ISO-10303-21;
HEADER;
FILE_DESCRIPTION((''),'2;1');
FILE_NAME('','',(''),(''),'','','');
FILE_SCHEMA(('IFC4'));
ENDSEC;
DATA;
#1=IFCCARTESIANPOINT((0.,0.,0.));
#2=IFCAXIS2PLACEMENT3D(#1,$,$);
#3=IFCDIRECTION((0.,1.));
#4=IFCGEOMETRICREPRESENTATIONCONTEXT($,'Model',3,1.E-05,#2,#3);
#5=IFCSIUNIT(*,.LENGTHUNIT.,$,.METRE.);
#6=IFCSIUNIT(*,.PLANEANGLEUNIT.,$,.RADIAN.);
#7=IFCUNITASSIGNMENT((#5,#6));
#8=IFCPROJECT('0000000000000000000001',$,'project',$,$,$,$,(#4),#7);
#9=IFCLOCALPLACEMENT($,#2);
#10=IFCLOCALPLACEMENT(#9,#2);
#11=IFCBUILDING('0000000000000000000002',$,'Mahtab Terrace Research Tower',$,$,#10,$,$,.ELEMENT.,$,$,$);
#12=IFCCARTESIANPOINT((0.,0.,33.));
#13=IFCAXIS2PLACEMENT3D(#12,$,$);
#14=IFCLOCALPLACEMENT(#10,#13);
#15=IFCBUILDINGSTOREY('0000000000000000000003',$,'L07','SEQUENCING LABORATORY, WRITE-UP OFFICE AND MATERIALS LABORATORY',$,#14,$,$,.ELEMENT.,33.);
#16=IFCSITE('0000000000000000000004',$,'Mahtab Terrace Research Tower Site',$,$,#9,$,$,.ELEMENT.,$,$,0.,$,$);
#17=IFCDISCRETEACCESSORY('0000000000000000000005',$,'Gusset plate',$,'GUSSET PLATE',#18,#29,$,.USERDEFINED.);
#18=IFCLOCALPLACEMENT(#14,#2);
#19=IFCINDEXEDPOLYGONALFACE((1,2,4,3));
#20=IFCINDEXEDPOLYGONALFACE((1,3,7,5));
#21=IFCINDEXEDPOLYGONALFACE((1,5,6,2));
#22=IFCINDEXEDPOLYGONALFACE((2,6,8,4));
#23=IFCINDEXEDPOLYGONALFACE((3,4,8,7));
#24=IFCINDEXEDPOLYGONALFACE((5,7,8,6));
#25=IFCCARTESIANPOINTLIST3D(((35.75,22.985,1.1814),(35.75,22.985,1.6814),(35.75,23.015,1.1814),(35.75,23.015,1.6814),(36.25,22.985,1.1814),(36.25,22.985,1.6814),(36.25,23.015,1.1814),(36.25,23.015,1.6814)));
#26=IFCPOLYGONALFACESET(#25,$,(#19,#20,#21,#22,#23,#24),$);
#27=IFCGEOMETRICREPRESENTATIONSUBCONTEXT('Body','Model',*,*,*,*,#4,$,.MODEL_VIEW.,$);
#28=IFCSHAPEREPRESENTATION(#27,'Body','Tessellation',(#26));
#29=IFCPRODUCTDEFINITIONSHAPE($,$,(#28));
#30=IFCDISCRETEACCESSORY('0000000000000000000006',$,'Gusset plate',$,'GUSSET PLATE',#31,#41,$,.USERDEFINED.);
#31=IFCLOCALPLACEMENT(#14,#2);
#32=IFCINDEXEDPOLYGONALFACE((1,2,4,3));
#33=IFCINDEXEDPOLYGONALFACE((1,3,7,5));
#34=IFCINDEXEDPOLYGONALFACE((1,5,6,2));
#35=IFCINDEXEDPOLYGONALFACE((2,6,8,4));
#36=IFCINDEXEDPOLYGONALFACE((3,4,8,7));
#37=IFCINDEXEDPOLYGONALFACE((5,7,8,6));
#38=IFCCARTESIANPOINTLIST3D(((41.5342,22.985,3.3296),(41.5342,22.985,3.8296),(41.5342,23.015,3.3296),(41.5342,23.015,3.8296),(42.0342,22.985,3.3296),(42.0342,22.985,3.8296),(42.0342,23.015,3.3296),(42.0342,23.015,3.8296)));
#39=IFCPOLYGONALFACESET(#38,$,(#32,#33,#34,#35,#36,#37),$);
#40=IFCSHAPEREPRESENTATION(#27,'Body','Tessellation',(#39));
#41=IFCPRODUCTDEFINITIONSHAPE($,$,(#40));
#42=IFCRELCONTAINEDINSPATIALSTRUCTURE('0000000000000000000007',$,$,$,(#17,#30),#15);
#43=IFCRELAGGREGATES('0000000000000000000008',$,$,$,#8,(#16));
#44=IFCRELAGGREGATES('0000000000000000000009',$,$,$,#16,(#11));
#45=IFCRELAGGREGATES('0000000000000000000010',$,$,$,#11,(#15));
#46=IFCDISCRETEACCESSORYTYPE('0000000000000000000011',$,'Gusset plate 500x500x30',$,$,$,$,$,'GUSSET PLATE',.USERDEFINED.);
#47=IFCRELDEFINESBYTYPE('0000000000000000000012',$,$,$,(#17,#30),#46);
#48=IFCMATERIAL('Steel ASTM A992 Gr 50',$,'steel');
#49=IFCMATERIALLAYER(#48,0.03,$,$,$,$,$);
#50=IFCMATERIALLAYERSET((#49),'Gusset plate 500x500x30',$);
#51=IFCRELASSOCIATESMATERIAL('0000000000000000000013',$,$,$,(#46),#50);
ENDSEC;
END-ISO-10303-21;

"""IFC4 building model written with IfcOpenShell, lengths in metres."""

from ifc_helpers import new_model, si_unit, direction, frame, origin, origin_2d, place, context, subcontext, project, spatial, rectangle, extrude, material, layer, layer_set, type_object, element, save


model = new_model("IFC4")

# Units and contexts
model_context = context("Model", 3, precision=1e-05, world=origin(), true_north=direction((0.0, 1.0)))
body_context = subcontext(model_context, "Body", "Model", "MODEL_VIEW")
ifc_project = project(units=[si_unit("LENGTHUNIT", "METRE"), si_unit("PLANEANGLEUNIT", "RADIAN")], contexts=[model_context])

# Site, building, storey
site_placement = place(None, origin())
site = spatial("IfcSite", under=ifc_project, at=site_placement, Name="Mahtab Terrace Research Tower Site", CompositionType="ELEMENT", RefElevation=0.0)
building_placement = place(site_placement, origin())
building = spatial("IfcBuilding", under=site, at=building_placement, Name="Mahtab Terrace Research Tower", CompositionType="ELEMENT")
storey_placement = place(building_placement, frame((0.0, 0.0, 33.0)))
storey = spatial("IfcBuildingStorey", under=building, at=storey_placement, Name="L07", Description="SEQUENCING LABORATORY, WRITE-UP OFFICE AND MATERIALS LABORATORY", CompositionType="ELEMENT", Elevation=33.0)

# Shared definitions
ifc_material_1 = material(Name="Steel ASTM A992 Gr 50", Category="steel")

# Discrete accessories
ifc_layer_1 = layer(ifc_material_1, 0.03)
ifc_layer_set_1 = layer_set([ifc_layer_1], Name="Gusset plate 500x500x30")
discrete_accessory_type = type_object("IfcDiscreteAccessoryType", Name="Gusset plate 500x500x30", ElementType="GUSSET PLATE", PredefinedType="USERDEFINED", material=ifc_layer_set_1)
for number, where, z_axis, x_axis, name in (
    (1, (36.0, 23.0, 1.1814), (0.0, 0.0, 1.0), (1.0, 0.0, 0.0), "Gusset plate"),
    (2, (41.7842, 23.0, 3.3296), (0.0, 0.0, 1.0), (1.0, 0.0, 0.0), "Gusset plate"),
):
    element("IfcDiscreteAccessory", number, at=place(storey_placement, frame(where, z_axis=z_axis, x_axis=x_axis)), inside=storey, type_object=discrete_accessory_type, Name=name, ObjectType="GUSSET PLATE", PredefinedType="USERDEFINED", context=body_context, shape_type="SweptSolid", body=[
        extrude(rectangle(XDim=0.5, YDim=0.03, at=origin_2d()), origin(), (0.0, 0.0, 1.0), 0.5),
    ])

save(model, "model.ifc")
